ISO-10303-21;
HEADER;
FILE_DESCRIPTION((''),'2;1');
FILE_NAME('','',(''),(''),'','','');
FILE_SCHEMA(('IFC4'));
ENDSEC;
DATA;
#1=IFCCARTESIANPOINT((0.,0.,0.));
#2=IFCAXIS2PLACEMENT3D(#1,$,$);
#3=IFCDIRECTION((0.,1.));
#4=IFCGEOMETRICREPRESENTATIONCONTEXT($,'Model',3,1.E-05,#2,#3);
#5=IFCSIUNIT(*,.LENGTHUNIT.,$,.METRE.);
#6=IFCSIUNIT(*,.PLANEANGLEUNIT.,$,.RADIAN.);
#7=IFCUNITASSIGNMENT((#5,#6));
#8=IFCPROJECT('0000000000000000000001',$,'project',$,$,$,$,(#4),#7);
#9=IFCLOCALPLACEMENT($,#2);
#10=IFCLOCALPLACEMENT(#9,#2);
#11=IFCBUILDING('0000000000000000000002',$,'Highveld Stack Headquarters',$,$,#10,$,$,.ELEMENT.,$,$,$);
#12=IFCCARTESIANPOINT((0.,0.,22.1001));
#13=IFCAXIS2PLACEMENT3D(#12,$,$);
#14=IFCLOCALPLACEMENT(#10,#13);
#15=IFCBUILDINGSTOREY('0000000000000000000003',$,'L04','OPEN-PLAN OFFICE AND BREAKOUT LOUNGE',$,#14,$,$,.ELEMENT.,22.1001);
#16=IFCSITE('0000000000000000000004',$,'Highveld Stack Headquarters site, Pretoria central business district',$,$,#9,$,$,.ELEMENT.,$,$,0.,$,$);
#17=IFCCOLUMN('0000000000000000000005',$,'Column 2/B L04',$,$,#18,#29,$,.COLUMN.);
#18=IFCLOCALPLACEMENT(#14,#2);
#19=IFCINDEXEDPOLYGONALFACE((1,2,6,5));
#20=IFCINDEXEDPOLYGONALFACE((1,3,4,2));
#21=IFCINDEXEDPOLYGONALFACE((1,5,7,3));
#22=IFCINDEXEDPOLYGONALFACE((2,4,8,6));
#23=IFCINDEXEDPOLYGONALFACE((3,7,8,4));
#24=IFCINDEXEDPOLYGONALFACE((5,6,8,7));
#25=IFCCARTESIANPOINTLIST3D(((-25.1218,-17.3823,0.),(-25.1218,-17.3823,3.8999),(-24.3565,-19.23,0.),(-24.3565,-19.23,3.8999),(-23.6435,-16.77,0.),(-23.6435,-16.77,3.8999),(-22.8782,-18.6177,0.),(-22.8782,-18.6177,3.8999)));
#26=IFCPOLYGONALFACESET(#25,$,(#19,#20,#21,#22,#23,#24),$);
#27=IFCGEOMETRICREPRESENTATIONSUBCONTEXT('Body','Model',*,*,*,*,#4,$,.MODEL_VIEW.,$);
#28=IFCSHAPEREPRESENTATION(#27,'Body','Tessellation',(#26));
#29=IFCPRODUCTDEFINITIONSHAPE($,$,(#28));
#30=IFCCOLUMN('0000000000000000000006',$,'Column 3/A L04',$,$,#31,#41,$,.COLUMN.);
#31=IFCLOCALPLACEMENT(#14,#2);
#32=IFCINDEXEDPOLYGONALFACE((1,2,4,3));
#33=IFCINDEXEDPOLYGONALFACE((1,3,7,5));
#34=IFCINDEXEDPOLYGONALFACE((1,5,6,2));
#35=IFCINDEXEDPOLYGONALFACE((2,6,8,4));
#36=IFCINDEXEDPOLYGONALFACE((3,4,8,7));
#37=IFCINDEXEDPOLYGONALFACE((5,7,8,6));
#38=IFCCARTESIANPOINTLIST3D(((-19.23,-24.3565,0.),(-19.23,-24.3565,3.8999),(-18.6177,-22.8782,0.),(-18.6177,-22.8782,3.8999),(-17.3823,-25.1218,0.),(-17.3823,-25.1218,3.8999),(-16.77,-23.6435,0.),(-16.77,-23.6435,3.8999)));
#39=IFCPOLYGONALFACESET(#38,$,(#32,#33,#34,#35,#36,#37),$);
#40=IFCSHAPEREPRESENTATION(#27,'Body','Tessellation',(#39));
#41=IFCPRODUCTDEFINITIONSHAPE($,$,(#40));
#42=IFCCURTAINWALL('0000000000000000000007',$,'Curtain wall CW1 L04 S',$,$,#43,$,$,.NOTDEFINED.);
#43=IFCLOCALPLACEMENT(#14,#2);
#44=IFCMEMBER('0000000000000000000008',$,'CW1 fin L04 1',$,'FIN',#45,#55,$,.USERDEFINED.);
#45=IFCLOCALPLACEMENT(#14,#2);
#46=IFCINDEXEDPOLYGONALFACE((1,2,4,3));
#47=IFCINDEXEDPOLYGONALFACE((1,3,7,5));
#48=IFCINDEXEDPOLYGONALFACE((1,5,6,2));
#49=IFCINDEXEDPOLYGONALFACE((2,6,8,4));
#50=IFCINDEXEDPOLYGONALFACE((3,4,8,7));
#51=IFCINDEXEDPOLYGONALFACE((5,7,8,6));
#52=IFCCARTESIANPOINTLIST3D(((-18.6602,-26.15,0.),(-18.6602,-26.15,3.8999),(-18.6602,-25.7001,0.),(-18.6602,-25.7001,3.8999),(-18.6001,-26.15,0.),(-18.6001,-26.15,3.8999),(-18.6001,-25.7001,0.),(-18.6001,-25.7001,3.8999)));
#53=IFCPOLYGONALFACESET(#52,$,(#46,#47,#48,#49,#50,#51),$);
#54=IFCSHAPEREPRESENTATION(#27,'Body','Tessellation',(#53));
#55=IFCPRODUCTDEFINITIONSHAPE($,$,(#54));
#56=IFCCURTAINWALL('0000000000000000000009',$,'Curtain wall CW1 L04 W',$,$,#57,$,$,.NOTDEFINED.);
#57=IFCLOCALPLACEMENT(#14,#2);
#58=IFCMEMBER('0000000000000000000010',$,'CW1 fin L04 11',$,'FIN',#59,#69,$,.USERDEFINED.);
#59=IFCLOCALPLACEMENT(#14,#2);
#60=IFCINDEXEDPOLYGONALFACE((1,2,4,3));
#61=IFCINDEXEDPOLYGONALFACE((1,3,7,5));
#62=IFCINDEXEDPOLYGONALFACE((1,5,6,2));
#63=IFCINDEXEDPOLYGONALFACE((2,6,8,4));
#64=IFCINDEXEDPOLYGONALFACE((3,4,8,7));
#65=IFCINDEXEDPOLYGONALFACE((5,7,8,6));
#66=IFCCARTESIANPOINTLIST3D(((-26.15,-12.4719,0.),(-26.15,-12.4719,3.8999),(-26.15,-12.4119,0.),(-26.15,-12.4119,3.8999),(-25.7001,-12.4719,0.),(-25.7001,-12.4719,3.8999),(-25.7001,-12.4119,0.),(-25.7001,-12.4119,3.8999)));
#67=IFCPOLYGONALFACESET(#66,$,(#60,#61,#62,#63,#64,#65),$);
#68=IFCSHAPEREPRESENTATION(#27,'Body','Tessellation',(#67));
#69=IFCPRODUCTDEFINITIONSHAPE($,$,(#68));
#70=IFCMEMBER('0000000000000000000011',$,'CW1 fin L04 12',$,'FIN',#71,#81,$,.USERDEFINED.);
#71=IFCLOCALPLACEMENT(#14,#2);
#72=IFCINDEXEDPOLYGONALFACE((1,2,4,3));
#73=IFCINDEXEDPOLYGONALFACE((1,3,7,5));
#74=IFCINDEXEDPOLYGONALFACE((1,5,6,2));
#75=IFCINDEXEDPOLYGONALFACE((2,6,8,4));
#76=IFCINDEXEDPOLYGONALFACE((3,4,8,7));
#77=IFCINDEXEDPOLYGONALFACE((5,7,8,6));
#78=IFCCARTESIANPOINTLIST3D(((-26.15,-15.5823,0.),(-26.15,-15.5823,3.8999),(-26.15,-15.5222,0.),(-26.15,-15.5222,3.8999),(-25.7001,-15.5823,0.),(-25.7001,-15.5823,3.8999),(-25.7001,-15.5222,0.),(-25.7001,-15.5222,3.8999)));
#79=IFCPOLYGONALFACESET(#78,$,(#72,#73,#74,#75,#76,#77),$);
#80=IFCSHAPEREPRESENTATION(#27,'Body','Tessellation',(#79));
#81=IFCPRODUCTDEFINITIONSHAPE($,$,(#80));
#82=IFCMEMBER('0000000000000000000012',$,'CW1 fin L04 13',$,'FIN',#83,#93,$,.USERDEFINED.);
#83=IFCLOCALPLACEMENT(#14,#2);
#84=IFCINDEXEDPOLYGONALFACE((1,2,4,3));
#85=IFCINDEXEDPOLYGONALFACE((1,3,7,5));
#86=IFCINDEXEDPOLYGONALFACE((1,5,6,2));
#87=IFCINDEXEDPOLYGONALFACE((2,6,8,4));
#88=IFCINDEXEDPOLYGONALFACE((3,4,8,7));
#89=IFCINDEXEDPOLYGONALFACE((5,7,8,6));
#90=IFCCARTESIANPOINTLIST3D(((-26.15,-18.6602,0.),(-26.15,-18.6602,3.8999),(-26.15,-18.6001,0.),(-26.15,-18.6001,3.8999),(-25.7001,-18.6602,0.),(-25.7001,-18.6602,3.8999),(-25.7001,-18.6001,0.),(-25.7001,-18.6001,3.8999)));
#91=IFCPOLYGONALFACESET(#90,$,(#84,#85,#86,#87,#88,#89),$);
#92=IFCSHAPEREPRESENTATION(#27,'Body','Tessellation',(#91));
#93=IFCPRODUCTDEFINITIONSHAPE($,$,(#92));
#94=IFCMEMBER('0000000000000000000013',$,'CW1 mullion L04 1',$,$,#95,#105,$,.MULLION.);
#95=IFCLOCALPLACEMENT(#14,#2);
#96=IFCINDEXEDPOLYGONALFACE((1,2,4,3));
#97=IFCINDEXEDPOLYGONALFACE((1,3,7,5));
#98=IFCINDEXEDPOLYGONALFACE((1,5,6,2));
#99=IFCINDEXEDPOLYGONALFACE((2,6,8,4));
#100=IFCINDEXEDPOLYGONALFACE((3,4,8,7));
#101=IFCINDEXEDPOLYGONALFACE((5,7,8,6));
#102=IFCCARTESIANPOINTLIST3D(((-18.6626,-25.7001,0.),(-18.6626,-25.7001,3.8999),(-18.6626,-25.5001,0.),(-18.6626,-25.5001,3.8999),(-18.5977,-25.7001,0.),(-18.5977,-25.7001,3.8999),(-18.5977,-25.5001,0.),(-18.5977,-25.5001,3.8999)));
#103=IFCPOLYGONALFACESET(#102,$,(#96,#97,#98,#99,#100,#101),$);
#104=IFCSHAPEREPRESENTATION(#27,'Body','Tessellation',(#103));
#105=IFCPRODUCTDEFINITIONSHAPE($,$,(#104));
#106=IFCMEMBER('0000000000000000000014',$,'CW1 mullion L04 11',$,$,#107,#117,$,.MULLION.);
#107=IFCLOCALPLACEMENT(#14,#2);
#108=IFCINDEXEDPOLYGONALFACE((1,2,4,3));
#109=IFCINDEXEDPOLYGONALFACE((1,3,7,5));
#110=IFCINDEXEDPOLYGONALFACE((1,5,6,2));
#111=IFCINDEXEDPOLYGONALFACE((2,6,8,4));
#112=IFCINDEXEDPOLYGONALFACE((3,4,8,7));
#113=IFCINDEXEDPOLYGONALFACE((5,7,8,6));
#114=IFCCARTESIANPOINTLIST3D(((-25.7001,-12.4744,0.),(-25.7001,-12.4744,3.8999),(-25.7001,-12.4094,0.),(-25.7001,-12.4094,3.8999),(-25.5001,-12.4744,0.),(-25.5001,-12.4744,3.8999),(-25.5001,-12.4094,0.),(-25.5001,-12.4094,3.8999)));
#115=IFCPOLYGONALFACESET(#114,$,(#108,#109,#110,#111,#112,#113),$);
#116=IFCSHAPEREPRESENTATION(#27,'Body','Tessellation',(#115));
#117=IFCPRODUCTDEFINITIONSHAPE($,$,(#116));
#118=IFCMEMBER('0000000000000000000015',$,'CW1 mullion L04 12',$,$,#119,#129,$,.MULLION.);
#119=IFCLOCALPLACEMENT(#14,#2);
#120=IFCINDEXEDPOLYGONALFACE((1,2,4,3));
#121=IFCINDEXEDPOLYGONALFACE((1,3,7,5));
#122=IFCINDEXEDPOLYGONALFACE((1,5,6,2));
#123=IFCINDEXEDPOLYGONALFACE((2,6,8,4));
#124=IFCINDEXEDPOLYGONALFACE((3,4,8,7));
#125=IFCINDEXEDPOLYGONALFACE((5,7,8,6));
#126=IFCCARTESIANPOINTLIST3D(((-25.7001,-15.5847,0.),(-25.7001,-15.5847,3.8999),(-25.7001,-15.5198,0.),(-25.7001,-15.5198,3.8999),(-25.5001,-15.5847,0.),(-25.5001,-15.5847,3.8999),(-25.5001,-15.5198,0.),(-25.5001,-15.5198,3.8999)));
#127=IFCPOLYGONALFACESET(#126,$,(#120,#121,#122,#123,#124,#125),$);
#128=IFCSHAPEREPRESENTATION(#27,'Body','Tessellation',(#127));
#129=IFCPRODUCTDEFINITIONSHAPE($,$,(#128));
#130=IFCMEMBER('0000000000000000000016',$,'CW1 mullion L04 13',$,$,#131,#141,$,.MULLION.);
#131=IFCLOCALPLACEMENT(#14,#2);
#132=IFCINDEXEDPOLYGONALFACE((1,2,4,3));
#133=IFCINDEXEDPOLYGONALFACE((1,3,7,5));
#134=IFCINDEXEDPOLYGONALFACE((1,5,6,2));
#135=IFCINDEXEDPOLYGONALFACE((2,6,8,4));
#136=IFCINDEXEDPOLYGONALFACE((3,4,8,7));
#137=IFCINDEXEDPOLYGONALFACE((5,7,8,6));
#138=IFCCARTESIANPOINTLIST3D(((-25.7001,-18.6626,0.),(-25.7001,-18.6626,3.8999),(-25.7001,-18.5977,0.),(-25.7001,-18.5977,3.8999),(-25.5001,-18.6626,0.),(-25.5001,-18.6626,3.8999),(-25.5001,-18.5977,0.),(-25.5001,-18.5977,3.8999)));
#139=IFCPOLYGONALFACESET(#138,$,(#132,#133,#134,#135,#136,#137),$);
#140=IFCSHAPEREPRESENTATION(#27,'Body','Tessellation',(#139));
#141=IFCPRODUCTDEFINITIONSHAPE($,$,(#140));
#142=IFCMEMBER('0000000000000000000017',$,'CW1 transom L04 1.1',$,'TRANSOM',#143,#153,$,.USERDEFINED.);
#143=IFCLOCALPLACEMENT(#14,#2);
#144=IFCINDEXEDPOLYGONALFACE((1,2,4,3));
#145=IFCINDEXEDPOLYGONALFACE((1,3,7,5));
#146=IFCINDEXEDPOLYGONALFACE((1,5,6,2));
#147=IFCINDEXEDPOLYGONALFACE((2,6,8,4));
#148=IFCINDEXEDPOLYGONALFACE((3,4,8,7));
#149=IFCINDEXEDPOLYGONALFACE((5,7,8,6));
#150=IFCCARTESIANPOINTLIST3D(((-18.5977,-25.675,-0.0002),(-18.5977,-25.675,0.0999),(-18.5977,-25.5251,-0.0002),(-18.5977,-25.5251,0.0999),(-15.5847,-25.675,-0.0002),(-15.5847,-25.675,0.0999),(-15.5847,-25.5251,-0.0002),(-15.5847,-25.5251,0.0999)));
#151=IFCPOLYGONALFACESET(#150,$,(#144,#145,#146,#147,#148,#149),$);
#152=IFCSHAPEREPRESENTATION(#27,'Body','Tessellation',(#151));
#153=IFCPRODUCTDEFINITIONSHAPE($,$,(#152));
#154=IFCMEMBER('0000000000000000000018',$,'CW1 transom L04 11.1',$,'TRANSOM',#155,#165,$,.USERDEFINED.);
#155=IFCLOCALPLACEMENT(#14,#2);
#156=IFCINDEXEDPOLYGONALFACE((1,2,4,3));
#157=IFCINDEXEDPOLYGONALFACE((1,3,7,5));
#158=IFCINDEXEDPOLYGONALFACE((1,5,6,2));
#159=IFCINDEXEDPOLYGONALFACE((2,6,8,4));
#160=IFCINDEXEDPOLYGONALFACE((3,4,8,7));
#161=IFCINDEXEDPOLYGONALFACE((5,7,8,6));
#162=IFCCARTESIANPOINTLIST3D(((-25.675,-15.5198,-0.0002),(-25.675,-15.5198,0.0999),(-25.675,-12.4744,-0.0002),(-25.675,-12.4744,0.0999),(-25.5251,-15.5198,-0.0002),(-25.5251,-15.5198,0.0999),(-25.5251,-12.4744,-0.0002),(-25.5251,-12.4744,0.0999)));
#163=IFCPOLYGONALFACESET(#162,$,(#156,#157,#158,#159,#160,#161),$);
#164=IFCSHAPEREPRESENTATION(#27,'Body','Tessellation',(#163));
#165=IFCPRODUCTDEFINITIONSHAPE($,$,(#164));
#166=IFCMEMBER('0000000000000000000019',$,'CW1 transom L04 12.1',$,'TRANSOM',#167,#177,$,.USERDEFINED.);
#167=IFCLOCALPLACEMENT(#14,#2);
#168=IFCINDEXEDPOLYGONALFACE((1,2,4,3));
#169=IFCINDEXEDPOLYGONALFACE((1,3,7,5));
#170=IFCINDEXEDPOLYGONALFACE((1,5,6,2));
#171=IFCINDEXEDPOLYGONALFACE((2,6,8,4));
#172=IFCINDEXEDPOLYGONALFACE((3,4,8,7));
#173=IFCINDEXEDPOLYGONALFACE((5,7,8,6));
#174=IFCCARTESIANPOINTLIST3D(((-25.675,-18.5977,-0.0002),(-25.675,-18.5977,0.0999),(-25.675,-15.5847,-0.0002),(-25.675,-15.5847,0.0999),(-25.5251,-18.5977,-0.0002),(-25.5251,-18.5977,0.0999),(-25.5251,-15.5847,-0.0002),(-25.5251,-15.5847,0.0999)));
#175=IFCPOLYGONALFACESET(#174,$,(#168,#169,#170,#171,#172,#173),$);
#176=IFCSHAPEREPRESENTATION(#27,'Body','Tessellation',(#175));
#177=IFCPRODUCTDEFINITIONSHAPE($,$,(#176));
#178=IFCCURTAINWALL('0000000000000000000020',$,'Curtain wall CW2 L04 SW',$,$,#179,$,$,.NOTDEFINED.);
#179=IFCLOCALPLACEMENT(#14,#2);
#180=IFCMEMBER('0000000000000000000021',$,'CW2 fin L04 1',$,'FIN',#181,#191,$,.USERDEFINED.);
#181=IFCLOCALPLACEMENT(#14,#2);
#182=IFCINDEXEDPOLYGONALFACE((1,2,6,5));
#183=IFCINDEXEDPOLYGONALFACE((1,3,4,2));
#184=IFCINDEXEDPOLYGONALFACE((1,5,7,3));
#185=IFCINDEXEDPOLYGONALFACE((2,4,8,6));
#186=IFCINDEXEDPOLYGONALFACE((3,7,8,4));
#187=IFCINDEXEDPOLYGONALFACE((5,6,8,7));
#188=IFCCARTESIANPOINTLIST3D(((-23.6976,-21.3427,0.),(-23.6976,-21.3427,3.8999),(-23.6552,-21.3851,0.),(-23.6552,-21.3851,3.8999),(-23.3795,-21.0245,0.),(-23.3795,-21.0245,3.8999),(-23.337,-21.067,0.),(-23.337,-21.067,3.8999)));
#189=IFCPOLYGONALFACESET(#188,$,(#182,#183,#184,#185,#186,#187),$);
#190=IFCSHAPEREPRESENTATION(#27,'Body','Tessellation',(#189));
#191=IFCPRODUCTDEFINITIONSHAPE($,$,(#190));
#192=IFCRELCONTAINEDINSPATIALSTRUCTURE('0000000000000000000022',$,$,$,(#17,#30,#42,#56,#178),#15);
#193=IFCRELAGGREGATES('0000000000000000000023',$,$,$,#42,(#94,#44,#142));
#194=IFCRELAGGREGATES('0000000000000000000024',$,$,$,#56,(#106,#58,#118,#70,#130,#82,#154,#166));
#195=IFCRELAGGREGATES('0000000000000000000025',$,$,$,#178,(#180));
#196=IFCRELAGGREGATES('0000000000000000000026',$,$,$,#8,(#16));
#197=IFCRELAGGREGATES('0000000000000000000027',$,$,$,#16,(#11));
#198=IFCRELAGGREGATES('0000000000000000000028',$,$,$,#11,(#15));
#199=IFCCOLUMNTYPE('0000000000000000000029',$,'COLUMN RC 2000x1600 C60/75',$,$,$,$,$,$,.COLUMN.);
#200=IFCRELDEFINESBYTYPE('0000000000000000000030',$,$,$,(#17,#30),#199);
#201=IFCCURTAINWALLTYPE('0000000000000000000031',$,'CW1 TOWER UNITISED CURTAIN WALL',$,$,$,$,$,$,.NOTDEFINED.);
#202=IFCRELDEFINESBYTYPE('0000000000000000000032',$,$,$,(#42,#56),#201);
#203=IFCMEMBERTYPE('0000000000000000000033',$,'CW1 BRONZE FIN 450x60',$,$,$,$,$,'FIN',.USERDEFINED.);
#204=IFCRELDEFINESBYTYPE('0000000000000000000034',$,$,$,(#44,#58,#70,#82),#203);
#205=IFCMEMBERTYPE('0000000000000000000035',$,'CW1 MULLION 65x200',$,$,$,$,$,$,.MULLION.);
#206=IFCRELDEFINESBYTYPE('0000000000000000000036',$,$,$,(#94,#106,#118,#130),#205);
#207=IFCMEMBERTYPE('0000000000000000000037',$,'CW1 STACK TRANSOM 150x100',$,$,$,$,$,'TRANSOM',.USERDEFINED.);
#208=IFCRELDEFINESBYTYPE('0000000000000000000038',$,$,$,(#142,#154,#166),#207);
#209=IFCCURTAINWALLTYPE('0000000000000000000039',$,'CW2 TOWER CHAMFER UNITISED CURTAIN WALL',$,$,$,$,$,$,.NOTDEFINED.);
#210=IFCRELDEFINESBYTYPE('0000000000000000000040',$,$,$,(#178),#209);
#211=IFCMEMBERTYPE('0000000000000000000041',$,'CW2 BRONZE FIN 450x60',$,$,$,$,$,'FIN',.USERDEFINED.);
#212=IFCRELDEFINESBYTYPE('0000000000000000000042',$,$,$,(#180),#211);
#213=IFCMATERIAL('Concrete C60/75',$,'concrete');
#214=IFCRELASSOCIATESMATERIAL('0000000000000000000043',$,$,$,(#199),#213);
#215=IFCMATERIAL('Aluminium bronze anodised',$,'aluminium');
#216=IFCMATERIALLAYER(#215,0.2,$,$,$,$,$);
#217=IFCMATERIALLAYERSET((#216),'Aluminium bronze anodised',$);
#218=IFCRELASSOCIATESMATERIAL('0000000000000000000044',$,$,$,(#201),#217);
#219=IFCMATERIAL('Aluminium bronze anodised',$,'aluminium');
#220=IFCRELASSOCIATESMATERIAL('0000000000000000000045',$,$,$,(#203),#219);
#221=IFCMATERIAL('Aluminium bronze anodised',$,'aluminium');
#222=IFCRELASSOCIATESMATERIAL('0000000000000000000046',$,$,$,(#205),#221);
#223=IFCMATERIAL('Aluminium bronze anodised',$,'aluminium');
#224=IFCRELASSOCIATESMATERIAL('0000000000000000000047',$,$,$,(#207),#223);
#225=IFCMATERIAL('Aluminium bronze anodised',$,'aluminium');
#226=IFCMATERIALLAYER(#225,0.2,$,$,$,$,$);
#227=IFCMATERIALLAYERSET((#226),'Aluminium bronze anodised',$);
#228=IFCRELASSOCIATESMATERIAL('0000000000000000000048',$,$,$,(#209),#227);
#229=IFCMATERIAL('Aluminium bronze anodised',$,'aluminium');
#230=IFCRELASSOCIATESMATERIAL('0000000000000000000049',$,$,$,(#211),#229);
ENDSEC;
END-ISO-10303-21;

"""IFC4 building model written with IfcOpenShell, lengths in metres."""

from ifc_helpers import new_model, si_unit, direction, frame, origin, origin_2d, place, context, subcontext, project, spatial, rectangle, extrude, material, layer, layer_set, material_profile, profile_set, type_object, element, aggregate, save


model = new_model("IFC4")

# Units and contexts
model_context = context("Model", 3, precision=1e-05, world=origin(), true_north=direction((0.0, 1.0)))
body_context = subcontext(model_context, "Body", "Model", "MODEL_VIEW")
ifc_project = project(units=[si_unit("LENGTHUNIT", "METRE"), si_unit("PLANEANGLEUNIT", "RADIAN")], contexts=[model_context])

# Site, building, storey
site_placement = place(None, origin())
site = spatial("IfcSite", under=ifc_project, at=site_placement, Name="Highveld Stack Headquarters site, Pretoria central business district", CompositionType="ELEMENT", RefElevation=0.0)
building_placement = place(site_placement, origin())
building = spatial("IfcBuilding", under=site, at=building_placement, Name="Highveld Stack Headquarters", CompositionType="ELEMENT")
storey_placement = place(building_placement, frame((0.0, 0.0, 22.1001)))
storey = spatial("IfcBuildingStorey", under=building, at=storey_placement, Name="L04", Description="OPEN-PLAN OFFICE AND BREAKOUT LOUNGE", CompositionType="ELEMENT", Elevation=22.1001)

# Columns
ifc_material_1 = material(Name="Concrete C60/75", Category="concrete")
ifc_material_profile_1 = material_profile(ifc_material_1, rectangle(XDim=2.0, YDim=1.6001, at=origin_2d()), Name="RC 2000x1600")
ifc_profile_set_1 = profile_set([ifc_material_profile_1], Name="Concrete C60/75")
column_type = type_object("IfcColumnType", Name="COLUMN RC 2000x1600 C60/75", PredefinedType="COLUMN", material=ifc_profile_set_1)
for number, where, z_axis, x_axis, name in (
    (1, (-24.0, -18.0, 0.0), (0.0, 0.0, 1.0), (-0.382683, 0.92388, 0.0), "Column 2/B L04"),
    (2, (-18.0, -24.0, 0.0), (0.0, 0.0, 1.0), (-0.92388, 0.382683, 0.0), "Column 3/A L04"),
):
    element("IfcColumn", number, at=place(storey_placement, frame(where, z_axis=z_axis, x_axis=x_axis)), inside=storey, type_object=column_type, Name=name, PredefinedType="COLUMN", context=body_context, shape_type="SweptSolid", body=[
        extrude(rectangle(XDim=2.0, YDim=1.6001, at=origin_2d()), origin(), (0.0, 0.0, 1.0), 3.8999),
    ])

# Curtain wall, member
ifc_material_2 = material(Name="Aluminium bronze anodised", Category="aluminium")
ifc_layer_1 = layer(ifc_material_2, 0.2)
ifc_layer_set_1 = layer_set([ifc_layer_1], Name="Aluminium bronze anodised")
curtain_wall_type_1 = type_object("IfcCurtainWallType", Name="CW1 TOWER UNITISED CURTAIN WALL", PredefinedType="NOTDEFINED", material=ifc_layer_set_1)
curtain_wall_1_placement = place(storey_placement, origin())
curtain_wall_1 = element("IfcCurtainWall", 3, at=curtain_wall_1_placement, inside=storey, type_object=curtain_wall_type_1, Name="Curtain wall CW1 L04 S", PredefinedType="NOTDEFINED")
ifc_material_3 = material(Name="Aluminium bronze anodised", Category="aluminium")
ifc_material_profile_2 = material_profile(ifc_material_3, rectangle(XDim=0.45, YDim=0.0601, at=origin_2d()), Name="FIN 450x60")
ifc_profile_set_2 = profile_set([ifc_material_profile_2], Name="Aluminium bronze anodised")
member_type_1 = type_object("IfcMemberType", Name="CW1 BRONZE FIN 450x60", ElementType="FIN", PredefinedType="USERDEFINED", material=ifc_profile_set_2)
member_1_placement = place(storey_placement, frame((-18.6301, -25.925, 0.0), z_axis=(0.0, 0.0, 1.0), x_axis=(0.0, 1.0, 0.0)))
member_1 = element("IfcMember", 4, at=member_1_placement, type_object=member_type_1, Name="CW1 fin L04 1", ObjectType="FIN", PredefinedType="USERDEFINED", context=body_context, shape_type="SweptSolid", body=[
    extrude(rectangle(XDim=0.45, YDim=0.0601, at=origin_2d()), origin(), (0.0, 0.0, 1.0), 3.8999),
])

# Curtain wall, members
curtain_wall_2_placement = place(storey_placement, origin())
curtain_wall_2 = element("IfcCurtainWall", 5, at=curtain_wall_2_placement, inside=storey, type_object=curtain_wall_type_1, Name="Curtain wall CW1 L04 W", PredefinedType="NOTDEFINED")
member_2_placement = place(storey_placement, frame((-25.925, -12.4419, 0.0), z_axis=(0.0, 0.0, 1.0), x_axis=(1.0, 0.0, 0.0)))
member_2 = element("IfcMember", 6, at=member_2_placement, type_object=member_type_1, Name="CW1 fin L04 11", ObjectType="FIN", PredefinedType="USERDEFINED", context=body_context, shape_type="SweptSolid", body=[
    extrude(rectangle(XDim=0.45, YDim=0.0601, at=origin_2d()), origin(), (0.0, 0.0, 1.0), 3.8999),
])
member_3_placement = place(storey_placement, frame((-25.925, -15.5522, 0.0), z_axis=(0.0, 0.0, 1.0), x_axis=(1.0, 0.0, 0.0)))
member_3 = element("IfcMember", 7, at=member_3_placement, type_object=member_type_1, Name="CW1 fin L04 12", ObjectType="FIN", PredefinedType="USERDEFINED", context=body_context, shape_type="SweptSolid", body=[
    extrude(rectangle(XDim=0.45, YDim=0.0601, at=origin_2d()), origin(), (0.0, 0.0, 1.0), 3.8999),
])
member_4_placement = place(storey_placement, frame((-25.925, -18.6301, 0.0), z_axis=(0.0, 0.0, 1.0), x_axis=(1.0, 0.0, 0.0)))
member_4 = element("IfcMember", 8, at=member_4_placement, type_object=member_type_1, Name="CW1 fin L04 13", ObjectType="FIN", PredefinedType="USERDEFINED", context=body_context, shape_type="SweptSolid", body=[
    extrude(rectangle(XDim=0.45, YDim=0.0601, at=origin_2d()), origin(), (0.0, 0.0, 1.0), 3.8999),
])

# Members
ifc_material_4 = material(Name="Aluminium bronze anodised", Category="aluminium")
ifc_material_profile_3 = material_profile(ifc_material_4, rectangle(XDim=0.2, YDim=0.0649, at=origin_2d()), Name="CW1 MULLION 65x200")
ifc_profile_set_3 = profile_set([ifc_material_profile_3], Name="Aluminium bronze anodised")
member_type_2 = type_object("IfcMemberType", Name="CW1 MULLION 65x200", PredefinedType="MULLION", material=ifc_profile_set_3)
member_5_placement = place(storey_placement, frame((-18.6301, -25.6001, 0.0), z_axis=(0.0, 0.0, 1.0), x_axis=(0.0, 1.0, 0.0)))
member_5 = element("IfcMember", 9, at=member_5_placement, type_object=member_type_2, Name="CW1 mullion L04 1", PredefinedType="MULLION", context=body_context, shape_type="SweptSolid", body=[
    extrude(rectangle(XDim=0.2, YDim=0.0649, at=origin_2d()), origin(), (0.0, 0.0, 1.0), 3.8999),
])
member_6_placement = place(storey_placement, frame((-25.6001, -12.4419, 0.0), z_axis=(0.0, 0.0, 1.0), x_axis=(1.0, 0.0, 0.0)))
member_6 = element("IfcMember", 10, at=member_6_placement, type_object=member_type_2, Name="CW1 mullion L04 11", PredefinedType="MULLION", context=body_context, shape_type="SweptSolid", body=[
    extrude(rectangle(XDim=0.2, YDim=0.0649, at=origin_2d()), origin(), (0.0, 0.0, 1.0), 3.8999),
])
member_7_placement = place(storey_placement, frame((-25.6001, -15.5522, 0.0), z_axis=(0.0, 0.0, 1.0), x_axis=(1.0, 0.0, 0.0)))
member_7 = element("IfcMember", 11, at=member_7_placement, type_object=member_type_2, Name="CW1 mullion L04 12", PredefinedType="MULLION", context=body_context, shape_type="SweptSolid", body=[
    extrude(rectangle(XDim=0.2, YDim=0.0649, at=origin_2d()), origin(), (0.0, 0.0, 1.0), 3.8999),
])
member_8_placement = place(storey_placement, frame((-25.6001, -18.6301, 0.0), z_axis=(0.0, 0.0, 1.0), x_axis=(1.0, 0.0, 0.0)))
member_8 = element("IfcMember", 12, at=member_8_placement, type_object=member_type_2, Name="CW1 mullion L04 13", PredefinedType="MULLION", context=body_context, shape_type="SweptSolid", body=[
    extrude(rectangle(XDim=0.2, YDim=0.0649, at=origin_2d()), origin(), (0.0, 0.0, 1.0), 3.8999),
])
ifc_material_5 = material(Name="Aluminium bronze anodised", Category="aluminium")
ifc_material_profile_4 = material_profile(ifc_material_5, rectangle(XDim=0.1499, YDim=0.1001, at=origin_2d()), Name="CW1 TRANSOM 150x100")
ifc_profile_set_4 = profile_set([ifc_material_profile_4], Name="Aluminium bronze anodised")
member_type_3 = type_object("IfcMemberType", Name="CW1 STACK TRANSOM 150x100", ElementType="TRANSOM", PredefinedType="USERDEFINED", material=ifc_profile_set_4)
member_9_placement = place(storey_placement, frame((-18.5977, -25.6001, 0.0498), z_axis=(1.0, 0.0, 0.0), x_axis=(0.0, 1.0, 0.0)))
member_9 = element("IfcMember", 13, at=member_9_placement, type_object=member_type_3, Name="CW1 transom L04 1.1", ObjectType="TRANSOM", PredefinedType="USERDEFINED", context=body_context, shape_type="SweptSolid", body=[
    extrude(rectangle(XDim=0.1499, YDim=0.1001, at=origin_2d()), origin(), (0.0, 0.0, 1.0), 3.0129),
])
aggregate(curtain_wall_1, [member_5, member_1, member_9])
member_10_placement = place(storey_placement, frame((-25.6001, -12.4744, 0.0498), z_axis=(0.0, -1.0, 0.0), x_axis=(1.0, 0.0, 0.0)))
member_10 = element("IfcMember", 14, at=member_10_placement, type_object=member_type_3, Name="CW1 transom L04 11.1", ObjectType="TRANSOM", PredefinedType="USERDEFINED", context=body_context, shape_type="SweptSolid", body=[
    extrude(rectangle(XDim=0.1499, YDim=0.1001, at=origin_2d()), origin(), (0.0, 0.0, 1.0), 3.0454),
])
member_11_placement = place(storey_placement, frame((-25.6001, -15.5847, 0.0498), z_axis=(0.0, -1.0, 0.0), x_axis=(1.0, 0.0, 0.0)))
member_11 = element("IfcMember", 15, at=member_11_placement, type_object=member_type_3, Name="CW1 transom L04 12.1", ObjectType="TRANSOM", PredefinedType="USERDEFINED", context=body_context, shape_type="SweptSolid", body=[
    extrude(rectangle(XDim=0.1499, YDim=0.1001, at=origin_2d()), origin(), (0.0, 0.0, 1.0), 3.0129),
])

# Curtain wall, member
ifc_material_6 = material(Name="Aluminium bronze anodised", Category="aluminium")
ifc_layer_2 = layer(ifc_material_6, 0.2)
ifc_layer_set_2 = layer_set([ifc_layer_2], Name="Aluminium bronze anodised")
curtain_wall_type_2 = type_object("IfcCurtainWallType", Name="CW2 TOWER CHAMFER UNITISED CURTAIN WALL", PredefinedType="NOTDEFINED", material=ifc_layer_set_2)
curtain_wall_3_placement = place(storey_placement, origin())
curtain_wall_3 = element("IfcCurtainWall", 16, at=curtain_wall_3_placement, inside=storey, type_object=curtain_wall_type_2, Name="Curtain wall CW2 L04 SW", PredefinedType="NOTDEFINED")
ifc_material_7 = material(Name="Aluminium bronze anodised", Category="aluminium")
ifc_material_profile_5 = material_profile(ifc_material_7, rectangle(XDim=0.45, YDim=0.0601, at=origin_2d()), Name="FIN 450x60")
ifc_profile_set_5 = profile_set([ifc_material_profile_5], Name="Aluminium bronze anodised")
member_type_4 = type_object("IfcMemberType", Name="CW2 BRONZE FIN 450x60", ElementType="FIN", PredefinedType="USERDEFINED", material=ifc_profile_set_5)
member_12_placement = place(storey_placement, frame((-23.5173, -21.2048, 0.0), z_axis=(0.0, 0.0, 1.0), x_axis=(0.707107, 0.707107, 0.0)))
member_12 = element("IfcMember", 17, at=member_12_placement, type_object=member_type_4, Name="CW2 fin L04 1", ObjectType="FIN", PredefinedType="USERDEFINED", context=body_context, shape_type="SweptSolid", body=[
    extrude(rectangle(XDim=0.45, YDim=0.0601, at=origin_2d()), origin(), (0.0, 0.0, 1.0), 3.8999),
])

aggregate(curtain_wall_2, [member_6, member_2, member_7, member_3, member_8, member_4, member_10, member_11])
aggregate(curtain_wall_3, [member_12])

save(model, "model.ifc")
